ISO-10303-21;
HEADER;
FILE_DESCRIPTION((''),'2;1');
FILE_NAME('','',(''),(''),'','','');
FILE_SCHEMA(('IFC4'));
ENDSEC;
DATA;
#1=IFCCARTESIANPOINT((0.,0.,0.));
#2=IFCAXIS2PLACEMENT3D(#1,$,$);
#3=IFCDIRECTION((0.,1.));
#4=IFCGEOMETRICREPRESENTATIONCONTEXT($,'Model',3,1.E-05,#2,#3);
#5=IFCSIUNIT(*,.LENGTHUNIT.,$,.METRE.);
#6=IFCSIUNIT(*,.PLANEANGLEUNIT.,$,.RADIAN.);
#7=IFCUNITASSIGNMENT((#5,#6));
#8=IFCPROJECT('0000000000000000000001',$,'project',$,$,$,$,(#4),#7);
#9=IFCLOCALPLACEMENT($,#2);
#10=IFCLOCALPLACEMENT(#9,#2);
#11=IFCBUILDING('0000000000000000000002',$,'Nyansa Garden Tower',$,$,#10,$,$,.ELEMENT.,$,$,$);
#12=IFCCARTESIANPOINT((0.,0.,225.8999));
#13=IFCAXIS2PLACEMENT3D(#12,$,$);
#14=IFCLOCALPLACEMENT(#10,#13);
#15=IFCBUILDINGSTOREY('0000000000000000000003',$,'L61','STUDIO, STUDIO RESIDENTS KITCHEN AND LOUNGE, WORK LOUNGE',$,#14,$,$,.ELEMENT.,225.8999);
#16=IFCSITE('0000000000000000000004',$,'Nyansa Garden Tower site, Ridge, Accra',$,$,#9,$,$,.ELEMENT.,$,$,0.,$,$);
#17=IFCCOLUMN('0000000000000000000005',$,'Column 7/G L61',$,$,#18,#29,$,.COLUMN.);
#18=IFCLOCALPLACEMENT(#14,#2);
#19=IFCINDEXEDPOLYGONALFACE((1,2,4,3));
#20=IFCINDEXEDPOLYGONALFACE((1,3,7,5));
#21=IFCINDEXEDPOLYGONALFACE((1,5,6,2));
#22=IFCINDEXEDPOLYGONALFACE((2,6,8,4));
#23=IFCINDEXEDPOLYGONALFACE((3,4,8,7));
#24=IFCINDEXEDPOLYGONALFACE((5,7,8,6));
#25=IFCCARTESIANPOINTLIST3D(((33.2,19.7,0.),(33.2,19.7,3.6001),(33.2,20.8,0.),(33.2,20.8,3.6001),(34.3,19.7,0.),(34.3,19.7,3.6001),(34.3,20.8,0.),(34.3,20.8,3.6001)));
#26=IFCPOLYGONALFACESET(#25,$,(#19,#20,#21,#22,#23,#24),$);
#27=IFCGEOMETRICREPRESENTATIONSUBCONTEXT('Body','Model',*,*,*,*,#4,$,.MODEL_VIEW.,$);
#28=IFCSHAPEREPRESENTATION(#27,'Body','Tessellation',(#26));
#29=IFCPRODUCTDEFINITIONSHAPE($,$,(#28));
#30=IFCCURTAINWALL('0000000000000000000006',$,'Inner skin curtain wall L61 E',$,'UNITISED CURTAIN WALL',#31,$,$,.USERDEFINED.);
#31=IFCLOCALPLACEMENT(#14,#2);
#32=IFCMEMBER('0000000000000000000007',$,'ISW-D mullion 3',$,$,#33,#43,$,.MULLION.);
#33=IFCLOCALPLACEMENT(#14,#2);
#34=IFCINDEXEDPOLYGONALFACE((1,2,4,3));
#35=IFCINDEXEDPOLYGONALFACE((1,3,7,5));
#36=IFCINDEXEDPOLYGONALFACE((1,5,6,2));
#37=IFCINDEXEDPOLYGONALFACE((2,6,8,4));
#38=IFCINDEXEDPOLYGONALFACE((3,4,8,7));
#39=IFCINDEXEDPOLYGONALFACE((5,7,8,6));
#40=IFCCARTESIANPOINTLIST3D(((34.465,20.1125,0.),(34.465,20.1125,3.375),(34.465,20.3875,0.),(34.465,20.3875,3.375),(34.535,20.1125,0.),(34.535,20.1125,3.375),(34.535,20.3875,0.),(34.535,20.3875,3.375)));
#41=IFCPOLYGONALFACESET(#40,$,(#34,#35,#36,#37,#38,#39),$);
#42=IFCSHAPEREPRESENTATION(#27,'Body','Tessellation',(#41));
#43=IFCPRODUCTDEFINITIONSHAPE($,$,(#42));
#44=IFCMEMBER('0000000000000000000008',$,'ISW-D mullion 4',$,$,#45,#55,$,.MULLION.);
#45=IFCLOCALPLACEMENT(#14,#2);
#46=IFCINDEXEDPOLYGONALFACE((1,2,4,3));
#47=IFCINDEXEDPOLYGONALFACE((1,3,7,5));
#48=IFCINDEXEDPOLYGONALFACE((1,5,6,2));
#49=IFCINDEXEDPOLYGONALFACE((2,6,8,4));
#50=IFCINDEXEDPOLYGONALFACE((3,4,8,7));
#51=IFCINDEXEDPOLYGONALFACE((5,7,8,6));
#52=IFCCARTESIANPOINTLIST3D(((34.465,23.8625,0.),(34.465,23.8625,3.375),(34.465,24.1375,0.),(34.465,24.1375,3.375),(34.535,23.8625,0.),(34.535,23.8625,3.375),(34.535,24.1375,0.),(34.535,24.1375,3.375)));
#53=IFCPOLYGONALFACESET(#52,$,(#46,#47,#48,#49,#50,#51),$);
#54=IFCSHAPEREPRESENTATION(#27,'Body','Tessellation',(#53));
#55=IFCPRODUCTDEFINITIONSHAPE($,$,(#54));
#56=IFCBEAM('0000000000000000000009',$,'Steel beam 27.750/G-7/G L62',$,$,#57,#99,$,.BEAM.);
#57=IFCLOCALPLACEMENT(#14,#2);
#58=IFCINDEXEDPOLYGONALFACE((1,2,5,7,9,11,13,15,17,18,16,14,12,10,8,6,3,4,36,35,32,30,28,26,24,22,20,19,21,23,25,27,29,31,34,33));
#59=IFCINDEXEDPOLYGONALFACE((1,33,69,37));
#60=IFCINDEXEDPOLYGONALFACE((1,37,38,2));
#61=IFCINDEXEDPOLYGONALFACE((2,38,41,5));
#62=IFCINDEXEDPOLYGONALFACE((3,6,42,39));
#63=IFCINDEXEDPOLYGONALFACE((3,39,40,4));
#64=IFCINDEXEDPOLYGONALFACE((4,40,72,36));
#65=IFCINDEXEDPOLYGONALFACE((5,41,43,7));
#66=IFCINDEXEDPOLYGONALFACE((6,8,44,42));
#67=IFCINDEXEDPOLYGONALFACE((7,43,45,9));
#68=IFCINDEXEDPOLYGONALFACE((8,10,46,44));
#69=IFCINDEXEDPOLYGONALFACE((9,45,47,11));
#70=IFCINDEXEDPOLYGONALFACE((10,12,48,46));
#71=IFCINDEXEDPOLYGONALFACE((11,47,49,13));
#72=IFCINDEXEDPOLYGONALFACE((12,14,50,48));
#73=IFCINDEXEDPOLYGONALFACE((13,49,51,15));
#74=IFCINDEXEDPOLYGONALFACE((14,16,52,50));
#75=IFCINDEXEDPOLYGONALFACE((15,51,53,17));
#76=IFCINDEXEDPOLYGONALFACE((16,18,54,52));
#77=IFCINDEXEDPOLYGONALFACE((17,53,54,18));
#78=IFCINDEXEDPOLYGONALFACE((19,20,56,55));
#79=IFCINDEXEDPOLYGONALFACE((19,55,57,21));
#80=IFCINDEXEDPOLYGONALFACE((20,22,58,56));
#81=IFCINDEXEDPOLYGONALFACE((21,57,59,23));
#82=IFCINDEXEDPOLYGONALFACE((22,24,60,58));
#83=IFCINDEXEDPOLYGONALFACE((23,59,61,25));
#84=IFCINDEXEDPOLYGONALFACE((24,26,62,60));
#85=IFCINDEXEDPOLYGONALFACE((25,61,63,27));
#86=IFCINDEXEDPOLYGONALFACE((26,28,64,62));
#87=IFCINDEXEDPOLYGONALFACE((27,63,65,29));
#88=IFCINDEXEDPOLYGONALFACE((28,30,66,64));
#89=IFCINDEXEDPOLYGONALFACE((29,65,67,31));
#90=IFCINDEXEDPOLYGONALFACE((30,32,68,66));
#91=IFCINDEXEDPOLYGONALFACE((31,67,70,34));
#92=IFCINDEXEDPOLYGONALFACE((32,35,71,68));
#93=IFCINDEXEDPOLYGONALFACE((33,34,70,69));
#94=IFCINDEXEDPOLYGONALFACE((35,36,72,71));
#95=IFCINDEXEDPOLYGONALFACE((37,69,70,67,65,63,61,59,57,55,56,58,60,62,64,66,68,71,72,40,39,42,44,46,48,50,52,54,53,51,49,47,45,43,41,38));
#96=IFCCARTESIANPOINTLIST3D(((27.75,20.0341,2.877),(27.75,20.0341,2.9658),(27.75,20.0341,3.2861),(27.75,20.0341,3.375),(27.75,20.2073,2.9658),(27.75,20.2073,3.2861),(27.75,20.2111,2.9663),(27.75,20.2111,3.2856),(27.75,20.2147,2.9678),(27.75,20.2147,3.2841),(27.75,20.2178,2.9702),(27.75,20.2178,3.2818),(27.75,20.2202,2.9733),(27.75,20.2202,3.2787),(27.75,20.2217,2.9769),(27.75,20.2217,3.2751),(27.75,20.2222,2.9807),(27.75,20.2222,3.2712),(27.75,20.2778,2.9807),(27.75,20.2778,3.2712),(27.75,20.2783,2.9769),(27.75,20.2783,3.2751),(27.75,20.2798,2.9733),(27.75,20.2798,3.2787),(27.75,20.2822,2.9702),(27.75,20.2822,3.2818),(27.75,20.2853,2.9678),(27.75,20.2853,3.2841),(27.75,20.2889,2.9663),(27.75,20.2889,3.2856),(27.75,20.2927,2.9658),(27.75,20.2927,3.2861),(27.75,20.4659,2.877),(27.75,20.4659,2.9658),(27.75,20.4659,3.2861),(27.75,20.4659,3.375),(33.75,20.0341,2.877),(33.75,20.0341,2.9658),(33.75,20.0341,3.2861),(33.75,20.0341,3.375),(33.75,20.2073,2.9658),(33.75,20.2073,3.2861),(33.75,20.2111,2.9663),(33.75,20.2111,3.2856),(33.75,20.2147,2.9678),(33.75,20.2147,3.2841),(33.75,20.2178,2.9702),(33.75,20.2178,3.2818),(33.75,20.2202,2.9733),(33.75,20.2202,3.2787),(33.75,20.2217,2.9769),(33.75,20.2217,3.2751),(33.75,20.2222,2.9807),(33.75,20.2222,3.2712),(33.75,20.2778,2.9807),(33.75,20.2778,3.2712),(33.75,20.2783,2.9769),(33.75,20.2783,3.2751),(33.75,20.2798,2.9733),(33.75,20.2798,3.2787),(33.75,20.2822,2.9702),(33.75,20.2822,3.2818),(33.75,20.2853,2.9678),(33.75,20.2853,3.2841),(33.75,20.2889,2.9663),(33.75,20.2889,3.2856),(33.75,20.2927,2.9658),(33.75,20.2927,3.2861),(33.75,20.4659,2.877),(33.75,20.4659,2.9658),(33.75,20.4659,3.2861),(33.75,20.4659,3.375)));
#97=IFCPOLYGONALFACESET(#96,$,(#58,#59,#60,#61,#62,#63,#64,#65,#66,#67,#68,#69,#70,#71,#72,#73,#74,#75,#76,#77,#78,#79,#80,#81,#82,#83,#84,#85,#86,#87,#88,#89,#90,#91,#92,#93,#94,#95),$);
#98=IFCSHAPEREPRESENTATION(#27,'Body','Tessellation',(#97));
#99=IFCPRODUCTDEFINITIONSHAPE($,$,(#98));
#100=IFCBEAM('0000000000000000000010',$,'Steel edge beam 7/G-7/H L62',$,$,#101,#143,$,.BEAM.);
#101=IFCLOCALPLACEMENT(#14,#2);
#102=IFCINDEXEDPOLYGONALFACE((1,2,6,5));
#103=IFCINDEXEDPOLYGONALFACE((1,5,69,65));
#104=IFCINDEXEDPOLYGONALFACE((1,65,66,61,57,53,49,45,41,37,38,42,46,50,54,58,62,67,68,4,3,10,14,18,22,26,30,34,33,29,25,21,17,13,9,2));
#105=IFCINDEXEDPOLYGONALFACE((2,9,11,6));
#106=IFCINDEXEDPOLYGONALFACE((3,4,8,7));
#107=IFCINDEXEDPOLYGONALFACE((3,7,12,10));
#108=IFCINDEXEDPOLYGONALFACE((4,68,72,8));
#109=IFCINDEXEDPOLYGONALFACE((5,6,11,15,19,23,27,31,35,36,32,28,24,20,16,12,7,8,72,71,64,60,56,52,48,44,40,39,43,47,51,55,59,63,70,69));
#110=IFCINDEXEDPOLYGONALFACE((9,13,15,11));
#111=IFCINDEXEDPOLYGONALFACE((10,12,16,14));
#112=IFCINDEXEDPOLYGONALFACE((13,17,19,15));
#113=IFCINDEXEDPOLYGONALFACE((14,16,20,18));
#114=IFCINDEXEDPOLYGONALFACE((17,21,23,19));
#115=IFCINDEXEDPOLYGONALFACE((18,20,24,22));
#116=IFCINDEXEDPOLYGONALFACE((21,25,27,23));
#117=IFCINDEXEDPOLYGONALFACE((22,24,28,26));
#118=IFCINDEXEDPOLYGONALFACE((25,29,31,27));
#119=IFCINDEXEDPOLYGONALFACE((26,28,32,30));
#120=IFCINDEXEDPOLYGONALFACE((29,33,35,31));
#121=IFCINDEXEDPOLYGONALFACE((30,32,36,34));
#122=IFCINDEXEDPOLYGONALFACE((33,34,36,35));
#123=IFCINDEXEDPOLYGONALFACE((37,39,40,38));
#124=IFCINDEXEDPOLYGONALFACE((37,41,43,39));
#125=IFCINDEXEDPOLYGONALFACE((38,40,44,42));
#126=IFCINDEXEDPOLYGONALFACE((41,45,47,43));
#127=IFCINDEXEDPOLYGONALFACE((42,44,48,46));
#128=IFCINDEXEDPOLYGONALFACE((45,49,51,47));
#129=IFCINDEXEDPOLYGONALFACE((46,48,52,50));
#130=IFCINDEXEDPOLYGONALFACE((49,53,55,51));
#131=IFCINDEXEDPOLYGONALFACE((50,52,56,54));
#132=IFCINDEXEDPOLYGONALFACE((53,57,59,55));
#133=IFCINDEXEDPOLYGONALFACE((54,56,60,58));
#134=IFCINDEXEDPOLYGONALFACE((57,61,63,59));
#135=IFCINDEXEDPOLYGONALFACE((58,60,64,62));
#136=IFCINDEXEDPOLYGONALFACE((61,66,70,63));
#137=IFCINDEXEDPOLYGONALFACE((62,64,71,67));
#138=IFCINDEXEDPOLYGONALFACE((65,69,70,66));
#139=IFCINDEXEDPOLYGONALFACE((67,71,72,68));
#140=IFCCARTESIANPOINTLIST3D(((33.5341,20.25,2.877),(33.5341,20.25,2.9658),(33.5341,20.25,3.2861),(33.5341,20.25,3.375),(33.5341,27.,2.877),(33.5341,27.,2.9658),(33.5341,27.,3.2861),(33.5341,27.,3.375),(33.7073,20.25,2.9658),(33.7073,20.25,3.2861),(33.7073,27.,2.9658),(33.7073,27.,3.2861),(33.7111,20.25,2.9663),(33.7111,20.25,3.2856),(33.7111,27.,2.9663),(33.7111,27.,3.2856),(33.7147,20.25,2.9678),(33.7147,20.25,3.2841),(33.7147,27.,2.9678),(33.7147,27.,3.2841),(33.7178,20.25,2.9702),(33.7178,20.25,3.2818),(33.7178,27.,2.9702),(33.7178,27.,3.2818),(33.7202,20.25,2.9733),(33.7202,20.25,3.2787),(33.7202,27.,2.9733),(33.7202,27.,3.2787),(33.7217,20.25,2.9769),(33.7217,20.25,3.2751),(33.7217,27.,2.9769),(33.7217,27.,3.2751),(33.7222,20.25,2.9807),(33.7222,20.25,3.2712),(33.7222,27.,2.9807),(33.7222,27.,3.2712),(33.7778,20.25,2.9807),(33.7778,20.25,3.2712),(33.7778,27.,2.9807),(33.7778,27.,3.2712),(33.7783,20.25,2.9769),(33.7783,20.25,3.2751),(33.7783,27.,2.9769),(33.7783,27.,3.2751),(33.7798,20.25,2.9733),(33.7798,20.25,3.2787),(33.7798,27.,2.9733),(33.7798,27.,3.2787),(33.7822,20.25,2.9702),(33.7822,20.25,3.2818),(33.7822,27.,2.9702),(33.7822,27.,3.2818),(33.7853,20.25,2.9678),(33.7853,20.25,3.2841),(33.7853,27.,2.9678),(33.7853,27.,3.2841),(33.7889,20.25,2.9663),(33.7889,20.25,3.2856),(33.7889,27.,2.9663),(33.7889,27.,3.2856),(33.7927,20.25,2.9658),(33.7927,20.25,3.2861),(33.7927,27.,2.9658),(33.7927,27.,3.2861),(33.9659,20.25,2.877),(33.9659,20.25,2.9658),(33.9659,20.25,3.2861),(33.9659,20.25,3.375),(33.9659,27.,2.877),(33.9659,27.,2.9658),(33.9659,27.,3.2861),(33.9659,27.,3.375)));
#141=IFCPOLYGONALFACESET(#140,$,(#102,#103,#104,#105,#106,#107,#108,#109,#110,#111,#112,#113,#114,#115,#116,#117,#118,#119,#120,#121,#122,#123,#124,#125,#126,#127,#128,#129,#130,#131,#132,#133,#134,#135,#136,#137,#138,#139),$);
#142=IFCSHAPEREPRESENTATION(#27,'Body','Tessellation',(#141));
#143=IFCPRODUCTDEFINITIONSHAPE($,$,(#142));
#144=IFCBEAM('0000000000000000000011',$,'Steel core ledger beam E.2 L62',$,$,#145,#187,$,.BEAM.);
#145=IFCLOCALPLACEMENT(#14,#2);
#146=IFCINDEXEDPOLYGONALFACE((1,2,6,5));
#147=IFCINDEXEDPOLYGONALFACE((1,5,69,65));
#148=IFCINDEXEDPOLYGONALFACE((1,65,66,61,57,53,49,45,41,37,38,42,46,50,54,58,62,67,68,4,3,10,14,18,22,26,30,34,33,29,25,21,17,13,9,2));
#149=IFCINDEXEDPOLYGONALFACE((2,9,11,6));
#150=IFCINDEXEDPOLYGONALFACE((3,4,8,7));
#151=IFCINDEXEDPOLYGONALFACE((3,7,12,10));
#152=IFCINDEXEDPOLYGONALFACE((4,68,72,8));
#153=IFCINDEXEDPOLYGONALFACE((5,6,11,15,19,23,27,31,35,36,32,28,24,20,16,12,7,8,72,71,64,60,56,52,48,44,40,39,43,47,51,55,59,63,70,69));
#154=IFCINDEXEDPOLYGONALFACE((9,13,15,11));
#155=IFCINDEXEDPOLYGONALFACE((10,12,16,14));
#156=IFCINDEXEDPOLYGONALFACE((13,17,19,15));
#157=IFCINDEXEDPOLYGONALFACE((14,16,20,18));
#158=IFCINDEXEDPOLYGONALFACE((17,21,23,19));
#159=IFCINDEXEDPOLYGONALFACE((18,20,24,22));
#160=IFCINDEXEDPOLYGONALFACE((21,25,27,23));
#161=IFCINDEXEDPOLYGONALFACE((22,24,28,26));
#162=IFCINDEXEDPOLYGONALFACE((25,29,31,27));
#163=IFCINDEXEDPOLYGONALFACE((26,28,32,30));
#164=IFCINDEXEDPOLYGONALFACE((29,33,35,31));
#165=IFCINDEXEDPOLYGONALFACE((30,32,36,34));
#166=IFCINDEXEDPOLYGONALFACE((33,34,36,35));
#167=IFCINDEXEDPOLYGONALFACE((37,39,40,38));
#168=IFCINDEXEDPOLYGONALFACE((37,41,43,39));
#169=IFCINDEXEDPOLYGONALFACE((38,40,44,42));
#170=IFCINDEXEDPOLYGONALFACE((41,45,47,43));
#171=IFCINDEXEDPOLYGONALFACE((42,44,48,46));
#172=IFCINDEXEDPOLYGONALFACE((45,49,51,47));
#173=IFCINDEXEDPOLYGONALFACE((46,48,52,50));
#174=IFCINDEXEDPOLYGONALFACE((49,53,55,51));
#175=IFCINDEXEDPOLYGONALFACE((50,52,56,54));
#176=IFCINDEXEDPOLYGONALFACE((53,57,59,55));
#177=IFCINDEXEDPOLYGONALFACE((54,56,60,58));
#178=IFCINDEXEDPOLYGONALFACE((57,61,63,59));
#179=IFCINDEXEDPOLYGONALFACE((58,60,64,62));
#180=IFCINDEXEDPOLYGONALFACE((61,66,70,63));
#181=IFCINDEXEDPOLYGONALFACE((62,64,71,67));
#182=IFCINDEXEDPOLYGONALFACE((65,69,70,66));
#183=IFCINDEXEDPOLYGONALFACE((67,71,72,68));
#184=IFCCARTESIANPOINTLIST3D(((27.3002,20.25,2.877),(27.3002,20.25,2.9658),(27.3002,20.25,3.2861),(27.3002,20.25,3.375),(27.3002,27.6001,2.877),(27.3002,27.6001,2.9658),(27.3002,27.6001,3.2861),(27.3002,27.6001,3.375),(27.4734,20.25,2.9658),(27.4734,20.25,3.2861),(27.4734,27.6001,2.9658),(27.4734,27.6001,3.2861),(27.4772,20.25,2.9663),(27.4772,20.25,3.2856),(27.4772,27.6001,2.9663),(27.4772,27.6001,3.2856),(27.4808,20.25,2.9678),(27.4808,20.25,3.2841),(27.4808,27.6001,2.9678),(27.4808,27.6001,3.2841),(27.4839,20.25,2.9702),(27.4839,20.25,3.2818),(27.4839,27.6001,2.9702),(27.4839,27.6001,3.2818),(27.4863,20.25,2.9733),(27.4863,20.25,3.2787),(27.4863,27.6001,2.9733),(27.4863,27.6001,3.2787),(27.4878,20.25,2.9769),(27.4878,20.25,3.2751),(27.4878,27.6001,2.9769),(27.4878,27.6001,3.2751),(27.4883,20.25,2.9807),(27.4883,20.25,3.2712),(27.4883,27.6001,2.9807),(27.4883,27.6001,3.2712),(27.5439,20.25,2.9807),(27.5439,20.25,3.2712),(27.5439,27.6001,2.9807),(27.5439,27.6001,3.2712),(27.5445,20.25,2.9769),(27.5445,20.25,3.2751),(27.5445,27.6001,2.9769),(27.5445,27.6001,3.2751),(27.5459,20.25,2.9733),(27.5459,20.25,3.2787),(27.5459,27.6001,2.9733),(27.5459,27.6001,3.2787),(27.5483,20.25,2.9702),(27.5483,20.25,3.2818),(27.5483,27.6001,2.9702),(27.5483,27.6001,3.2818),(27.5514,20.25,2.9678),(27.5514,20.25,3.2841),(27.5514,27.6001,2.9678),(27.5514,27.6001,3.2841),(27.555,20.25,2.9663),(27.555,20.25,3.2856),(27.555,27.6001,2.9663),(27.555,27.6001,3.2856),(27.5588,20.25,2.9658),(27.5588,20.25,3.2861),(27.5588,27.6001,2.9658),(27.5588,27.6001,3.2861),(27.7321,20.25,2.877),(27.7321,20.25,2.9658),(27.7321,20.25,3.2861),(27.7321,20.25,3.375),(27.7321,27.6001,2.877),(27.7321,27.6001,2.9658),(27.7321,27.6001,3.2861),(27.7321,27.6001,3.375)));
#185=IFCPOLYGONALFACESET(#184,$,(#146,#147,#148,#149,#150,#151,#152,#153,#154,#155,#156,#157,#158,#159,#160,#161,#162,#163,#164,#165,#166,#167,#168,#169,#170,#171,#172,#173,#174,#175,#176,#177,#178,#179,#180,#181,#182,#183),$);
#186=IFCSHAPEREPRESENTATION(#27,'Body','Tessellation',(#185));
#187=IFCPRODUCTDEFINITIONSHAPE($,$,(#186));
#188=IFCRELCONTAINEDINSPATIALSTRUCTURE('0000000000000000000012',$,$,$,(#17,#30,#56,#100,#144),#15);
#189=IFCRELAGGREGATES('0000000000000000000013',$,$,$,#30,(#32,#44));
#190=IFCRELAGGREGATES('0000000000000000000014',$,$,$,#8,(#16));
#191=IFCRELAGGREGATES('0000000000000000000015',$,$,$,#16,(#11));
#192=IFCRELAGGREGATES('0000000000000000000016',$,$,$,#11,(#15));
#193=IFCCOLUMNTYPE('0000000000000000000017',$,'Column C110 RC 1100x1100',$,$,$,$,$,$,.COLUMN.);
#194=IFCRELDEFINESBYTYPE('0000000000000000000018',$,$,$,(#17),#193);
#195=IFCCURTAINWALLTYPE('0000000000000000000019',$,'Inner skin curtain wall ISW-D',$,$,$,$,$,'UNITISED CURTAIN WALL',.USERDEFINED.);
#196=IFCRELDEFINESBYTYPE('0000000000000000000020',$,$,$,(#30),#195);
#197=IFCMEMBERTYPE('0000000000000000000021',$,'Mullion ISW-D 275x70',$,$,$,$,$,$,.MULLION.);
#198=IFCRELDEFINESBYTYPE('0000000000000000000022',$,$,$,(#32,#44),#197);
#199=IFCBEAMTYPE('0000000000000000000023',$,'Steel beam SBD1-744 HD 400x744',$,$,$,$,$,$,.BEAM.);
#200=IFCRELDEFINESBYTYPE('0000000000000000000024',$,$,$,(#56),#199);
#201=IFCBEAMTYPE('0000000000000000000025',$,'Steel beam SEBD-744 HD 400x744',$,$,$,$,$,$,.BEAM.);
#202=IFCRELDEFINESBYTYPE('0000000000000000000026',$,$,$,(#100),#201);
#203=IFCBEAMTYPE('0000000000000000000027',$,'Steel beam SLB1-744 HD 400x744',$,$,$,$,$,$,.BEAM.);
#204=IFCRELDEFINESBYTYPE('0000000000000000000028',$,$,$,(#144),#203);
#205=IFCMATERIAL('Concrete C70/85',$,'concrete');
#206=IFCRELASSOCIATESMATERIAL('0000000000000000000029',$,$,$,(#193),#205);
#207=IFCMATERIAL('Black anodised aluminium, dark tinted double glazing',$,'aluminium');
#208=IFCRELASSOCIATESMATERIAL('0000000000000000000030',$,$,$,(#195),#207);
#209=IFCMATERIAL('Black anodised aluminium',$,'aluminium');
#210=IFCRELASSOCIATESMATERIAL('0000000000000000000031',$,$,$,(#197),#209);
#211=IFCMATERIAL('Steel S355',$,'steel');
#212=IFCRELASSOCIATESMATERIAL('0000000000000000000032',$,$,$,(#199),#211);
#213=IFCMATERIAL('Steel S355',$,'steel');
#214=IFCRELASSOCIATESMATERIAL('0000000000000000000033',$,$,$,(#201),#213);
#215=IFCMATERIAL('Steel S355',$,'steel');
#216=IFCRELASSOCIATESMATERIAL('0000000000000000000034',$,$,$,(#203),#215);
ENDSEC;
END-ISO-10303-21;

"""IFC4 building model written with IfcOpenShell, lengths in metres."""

from ifc_helpers import new_model, si_unit, direction, frame, origin, origin_2d, place, context, subcontext, project, spatial, rectangle, i_section, extrude, material, material_profile, profile_set, type_object, element, aggregate, save


model = new_model("IFC4")

# Units and contexts
model_context = context("Model", 3, precision=1e-05, world=origin(), true_north=direction((0.0, 1.0)))
body_context = subcontext(model_context, "Body", "Model", "MODEL_VIEW")
ifc_project = project(units=[si_unit("LENGTHUNIT", "METRE"), si_unit("PLANEANGLEUNIT", "RADIAN")], contexts=[model_context])

# Site, building, storey
site_placement = place(None, origin())
site = spatial("IfcSite", under=ifc_project, at=site_placement, Name="Nyansa Garden Tower site, Ridge, Accra", CompositionType="ELEMENT", RefElevation=0.0)
building_placement = place(site_placement, origin())
building = spatial("IfcBuilding", under=site, at=building_placement, Name="Nyansa Garden Tower", CompositionType="ELEMENT")
storey_placement = place(building_placement, frame((0.0, 0.0, 225.8999)))
storey = spatial("IfcBuildingStorey", under=building, at=storey_placement, Name="L61", Description="STUDIO, STUDIO RESIDENTS KITCHEN AND LOUNGE, WORK LOUNGE", CompositionType="ELEMENT", Elevation=225.8999)

# Column
ifc_material_1 = material(Name="Concrete C70/85", Category="concrete")
ifc_material_profile_1 = material_profile(ifc_material_1, rectangle(XDim=1.1001, YDim=1.1001, at=origin_2d()), Name="RC 1100x1100")
ifc_profile_set_1 = profile_set([ifc_material_profile_1], Name="Concrete C70/85")
column_type = type_object("IfcColumnType", Name="Column C110 RC 1100x1100", PredefinedType="COLUMN", material=ifc_profile_set_1)
column_placement = place(storey_placement, frame((33.75, 20.25, 0.0), z_axis=(0.0, 0.0, 1.0), x_axis=(1.0, 0.0, 0.0)))
element("IfcColumn", 1, at=column_placement, inside=storey, type_object=column_type, Name="Column 7/G L61", PredefinedType="COLUMN", context=body_context, shape_type="SweptSolid", body=[
    extrude(rectangle(XDim=1.1001, YDim=1.1001, at=origin_2d()), origin(), (0.0, 0.0, 1.0), 3.6001),
])

# Curtain wall, members
ifc_material_2 = material(Name="Black anodised aluminium, dark tinted double glazing", Category="aluminium")
curtain_wall_type = type_object("IfcCurtainWallType", Name="Inner skin curtain wall ISW-D", ElementType="UNITISED CURTAIN WALL", PredefinedType="USERDEFINED", material=ifc_material_2)
curtain_wall_placement = place(storey_placement, origin())
curtain_wall = element("IfcCurtainWall", 2, at=curtain_wall_placement, inside=storey, type_object=curtain_wall_type, Name="Inner skin curtain wall L61 E", ObjectType="UNITISED CURTAIN WALL", PredefinedType="USERDEFINED")
ifc_material_3 = material(Name="Black anodised aluminium", Category="aluminium")
ifc_material_profile_2 = material_profile(ifc_material_3, rectangle(XDim=0.0701, YDim=0.2749, at=origin_2d()), Name="Mullion 275x70")
ifc_profile_set_2 = profile_set([ifc_material_profile_2], Name="Black anodised aluminium")
member_type_1 = type_object("IfcMemberType", Name="Mullion ISW-D 275x70", PredefinedType="MULLION", material=ifc_profile_set_2)
member_1_placement = place(storey_placement, frame((34.5, 20.25, 0.0), z_axis=(0.0, 0.0, 1.0), x_axis=(-1.0, 0.0, 0.0)))
member_1 = element("IfcMember", 3, at=member_1_placement, type_object=member_type_1, Name="ISW-D mullion 3", PredefinedType="MULLION", context=body_context, shape_type="SweptSolid", body=[
    extrude(rectangle(XDim=0.0701, YDim=0.2749, at=origin_2d()), origin(), (0.0, 0.0, 1.0), 3.375),
])
member_2_placement = place(storey_placement, frame((34.5, 24.0, 0.0), z_axis=(0.0, 0.0, 1.0), x_axis=(-1.0, 0.0, 0.0)))
member_2 = element("IfcMember", 4, at=member_2_placement, type_object=member_type_1, Name="ISW-D mullion 4", PredefinedType="MULLION", context=body_context, shape_type="SweptSolid", body=[
    extrude(rectangle(XDim=0.0701, YDim=0.2749, at=origin_2d()), origin(), (0.0, 0.0, 1.0), 3.375),
])

# Beams
ifc_material_4 = material(Name="Steel S355", Category="steel")
ifc_material_profile_3 = material_profile(ifc_material_4, i_section(OverallWidth=0.4319, OverallDepth=0.498, WebThickness=0.0557, FlangeThickness=0.0889, FilletRadius=0.0149, at=origin_2d()), Name="HD 400x744")
ifc_profile_set_3 = profile_set([ifc_material_profile_3], Name="Steel S355")
beam_type_1 = type_object("IfcBeamType", Name="Steel beam SBD1-744 HD 400x744", PredefinedType="BEAM", material=ifc_profile_set_3)
beam_1_placement = place(storey_placement, frame((27.75, 20.25, 3.126), z_axis=(1.0, 0.0, 0.0), x_axis=(0.0, 1.0, 0.0)))
element("IfcBeam", 5, at=beam_1_placement, inside=storey, type_object=beam_type_1, Name="Steel beam 27.750/G-7/G L62", PredefinedType="BEAM", context=body_context, shape_type="SweptSolid", body=[
    extrude(i_section(OverallWidth=0.4319, OverallDepth=0.498, WebThickness=0.0557, FlangeThickness=0.0889, FilletRadius=0.0149, at=origin_2d()), origin(), (0.0, 0.0, 1.0), 6.0),
])
ifc_material_5 = material(Name="Steel S355", Category="steel")
ifc_material_profile_4 = material_profile(ifc_material_5, i_section(OverallWidth=0.4319, OverallDepth=0.498, WebThickness=0.0557, FlangeThickness=0.0889, FilletRadius=0.0149, at=origin_2d()), Name="HD 400x744")
ifc_profile_set_4 = profile_set([ifc_material_profile_4], Name="Steel S355")
beam_type_2 = type_object("IfcBeamType", Name="Steel beam SEBD-744 HD 400x744", PredefinedType="BEAM", material=ifc_profile_set_4)
beam_2_placement = place(storey_placement, frame((33.75, 20.25, 3.126), z_axis=(0.0, 1.0, 0.0), x_axis=(-1.0, 0.0, 0.0)))
element("IfcBeam", 6, at=beam_2_placement, inside=storey, type_object=beam_type_2, Name="Steel edge beam 7/G-7/H L62", PredefinedType="BEAM", context=body_context, shape_type="SweptSolid", body=[
    extrude(i_section(OverallWidth=0.4319, OverallDepth=0.498, WebThickness=0.0557, FlangeThickness=0.0889, FilletRadius=0.0149, at=origin_2d()), origin(), (0.0, 0.0, 1.0), 6.75),
])
ifc_material_6 = material(Name="Steel S355", Category="steel")
ifc_material_profile_5 = material_profile(ifc_material_6, i_section(OverallWidth=0.4319, OverallDepth=0.498, WebThickness=0.0557, FlangeThickness=0.0889, FilletRadius=0.0149, at=origin_2d()), Name="HD 400x744")
ifc_profile_set_5 = profile_set([ifc_material_profile_5], Name="Steel S355")
beam_type_3 = type_object("IfcBeamType", Name="Steel beam SLB1-744 HD 400x744", PredefinedType="BEAM", material=ifc_profile_set_5)
beam_3_placement = place(storey_placement, frame((27.5161, 20.25, 3.126), z_axis=(0.0, 1.0, 0.0), x_axis=(-1.0, 0.0, 0.0)))
element("IfcBeam", 7, at=beam_3_placement, inside=storey, type_object=beam_type_3, Name="Steel core ledger beam E.2 L62", PredefinedType="BEAM", context=body_context, shape_type="SweptSolid", body=[
    extrude(i_section(OverallWidth=0.4319, OverallDepth=0.498, WebThickness=0.0557, FlangeThickness=0.0889, FilletRadius=0.0149, at=origin_2d()), origin(), (0.0, 0.0, 1.0), 7.3501),
])

aggregate(curtain_wall, [member_1, member_2])

save(model, "model.ifc")
